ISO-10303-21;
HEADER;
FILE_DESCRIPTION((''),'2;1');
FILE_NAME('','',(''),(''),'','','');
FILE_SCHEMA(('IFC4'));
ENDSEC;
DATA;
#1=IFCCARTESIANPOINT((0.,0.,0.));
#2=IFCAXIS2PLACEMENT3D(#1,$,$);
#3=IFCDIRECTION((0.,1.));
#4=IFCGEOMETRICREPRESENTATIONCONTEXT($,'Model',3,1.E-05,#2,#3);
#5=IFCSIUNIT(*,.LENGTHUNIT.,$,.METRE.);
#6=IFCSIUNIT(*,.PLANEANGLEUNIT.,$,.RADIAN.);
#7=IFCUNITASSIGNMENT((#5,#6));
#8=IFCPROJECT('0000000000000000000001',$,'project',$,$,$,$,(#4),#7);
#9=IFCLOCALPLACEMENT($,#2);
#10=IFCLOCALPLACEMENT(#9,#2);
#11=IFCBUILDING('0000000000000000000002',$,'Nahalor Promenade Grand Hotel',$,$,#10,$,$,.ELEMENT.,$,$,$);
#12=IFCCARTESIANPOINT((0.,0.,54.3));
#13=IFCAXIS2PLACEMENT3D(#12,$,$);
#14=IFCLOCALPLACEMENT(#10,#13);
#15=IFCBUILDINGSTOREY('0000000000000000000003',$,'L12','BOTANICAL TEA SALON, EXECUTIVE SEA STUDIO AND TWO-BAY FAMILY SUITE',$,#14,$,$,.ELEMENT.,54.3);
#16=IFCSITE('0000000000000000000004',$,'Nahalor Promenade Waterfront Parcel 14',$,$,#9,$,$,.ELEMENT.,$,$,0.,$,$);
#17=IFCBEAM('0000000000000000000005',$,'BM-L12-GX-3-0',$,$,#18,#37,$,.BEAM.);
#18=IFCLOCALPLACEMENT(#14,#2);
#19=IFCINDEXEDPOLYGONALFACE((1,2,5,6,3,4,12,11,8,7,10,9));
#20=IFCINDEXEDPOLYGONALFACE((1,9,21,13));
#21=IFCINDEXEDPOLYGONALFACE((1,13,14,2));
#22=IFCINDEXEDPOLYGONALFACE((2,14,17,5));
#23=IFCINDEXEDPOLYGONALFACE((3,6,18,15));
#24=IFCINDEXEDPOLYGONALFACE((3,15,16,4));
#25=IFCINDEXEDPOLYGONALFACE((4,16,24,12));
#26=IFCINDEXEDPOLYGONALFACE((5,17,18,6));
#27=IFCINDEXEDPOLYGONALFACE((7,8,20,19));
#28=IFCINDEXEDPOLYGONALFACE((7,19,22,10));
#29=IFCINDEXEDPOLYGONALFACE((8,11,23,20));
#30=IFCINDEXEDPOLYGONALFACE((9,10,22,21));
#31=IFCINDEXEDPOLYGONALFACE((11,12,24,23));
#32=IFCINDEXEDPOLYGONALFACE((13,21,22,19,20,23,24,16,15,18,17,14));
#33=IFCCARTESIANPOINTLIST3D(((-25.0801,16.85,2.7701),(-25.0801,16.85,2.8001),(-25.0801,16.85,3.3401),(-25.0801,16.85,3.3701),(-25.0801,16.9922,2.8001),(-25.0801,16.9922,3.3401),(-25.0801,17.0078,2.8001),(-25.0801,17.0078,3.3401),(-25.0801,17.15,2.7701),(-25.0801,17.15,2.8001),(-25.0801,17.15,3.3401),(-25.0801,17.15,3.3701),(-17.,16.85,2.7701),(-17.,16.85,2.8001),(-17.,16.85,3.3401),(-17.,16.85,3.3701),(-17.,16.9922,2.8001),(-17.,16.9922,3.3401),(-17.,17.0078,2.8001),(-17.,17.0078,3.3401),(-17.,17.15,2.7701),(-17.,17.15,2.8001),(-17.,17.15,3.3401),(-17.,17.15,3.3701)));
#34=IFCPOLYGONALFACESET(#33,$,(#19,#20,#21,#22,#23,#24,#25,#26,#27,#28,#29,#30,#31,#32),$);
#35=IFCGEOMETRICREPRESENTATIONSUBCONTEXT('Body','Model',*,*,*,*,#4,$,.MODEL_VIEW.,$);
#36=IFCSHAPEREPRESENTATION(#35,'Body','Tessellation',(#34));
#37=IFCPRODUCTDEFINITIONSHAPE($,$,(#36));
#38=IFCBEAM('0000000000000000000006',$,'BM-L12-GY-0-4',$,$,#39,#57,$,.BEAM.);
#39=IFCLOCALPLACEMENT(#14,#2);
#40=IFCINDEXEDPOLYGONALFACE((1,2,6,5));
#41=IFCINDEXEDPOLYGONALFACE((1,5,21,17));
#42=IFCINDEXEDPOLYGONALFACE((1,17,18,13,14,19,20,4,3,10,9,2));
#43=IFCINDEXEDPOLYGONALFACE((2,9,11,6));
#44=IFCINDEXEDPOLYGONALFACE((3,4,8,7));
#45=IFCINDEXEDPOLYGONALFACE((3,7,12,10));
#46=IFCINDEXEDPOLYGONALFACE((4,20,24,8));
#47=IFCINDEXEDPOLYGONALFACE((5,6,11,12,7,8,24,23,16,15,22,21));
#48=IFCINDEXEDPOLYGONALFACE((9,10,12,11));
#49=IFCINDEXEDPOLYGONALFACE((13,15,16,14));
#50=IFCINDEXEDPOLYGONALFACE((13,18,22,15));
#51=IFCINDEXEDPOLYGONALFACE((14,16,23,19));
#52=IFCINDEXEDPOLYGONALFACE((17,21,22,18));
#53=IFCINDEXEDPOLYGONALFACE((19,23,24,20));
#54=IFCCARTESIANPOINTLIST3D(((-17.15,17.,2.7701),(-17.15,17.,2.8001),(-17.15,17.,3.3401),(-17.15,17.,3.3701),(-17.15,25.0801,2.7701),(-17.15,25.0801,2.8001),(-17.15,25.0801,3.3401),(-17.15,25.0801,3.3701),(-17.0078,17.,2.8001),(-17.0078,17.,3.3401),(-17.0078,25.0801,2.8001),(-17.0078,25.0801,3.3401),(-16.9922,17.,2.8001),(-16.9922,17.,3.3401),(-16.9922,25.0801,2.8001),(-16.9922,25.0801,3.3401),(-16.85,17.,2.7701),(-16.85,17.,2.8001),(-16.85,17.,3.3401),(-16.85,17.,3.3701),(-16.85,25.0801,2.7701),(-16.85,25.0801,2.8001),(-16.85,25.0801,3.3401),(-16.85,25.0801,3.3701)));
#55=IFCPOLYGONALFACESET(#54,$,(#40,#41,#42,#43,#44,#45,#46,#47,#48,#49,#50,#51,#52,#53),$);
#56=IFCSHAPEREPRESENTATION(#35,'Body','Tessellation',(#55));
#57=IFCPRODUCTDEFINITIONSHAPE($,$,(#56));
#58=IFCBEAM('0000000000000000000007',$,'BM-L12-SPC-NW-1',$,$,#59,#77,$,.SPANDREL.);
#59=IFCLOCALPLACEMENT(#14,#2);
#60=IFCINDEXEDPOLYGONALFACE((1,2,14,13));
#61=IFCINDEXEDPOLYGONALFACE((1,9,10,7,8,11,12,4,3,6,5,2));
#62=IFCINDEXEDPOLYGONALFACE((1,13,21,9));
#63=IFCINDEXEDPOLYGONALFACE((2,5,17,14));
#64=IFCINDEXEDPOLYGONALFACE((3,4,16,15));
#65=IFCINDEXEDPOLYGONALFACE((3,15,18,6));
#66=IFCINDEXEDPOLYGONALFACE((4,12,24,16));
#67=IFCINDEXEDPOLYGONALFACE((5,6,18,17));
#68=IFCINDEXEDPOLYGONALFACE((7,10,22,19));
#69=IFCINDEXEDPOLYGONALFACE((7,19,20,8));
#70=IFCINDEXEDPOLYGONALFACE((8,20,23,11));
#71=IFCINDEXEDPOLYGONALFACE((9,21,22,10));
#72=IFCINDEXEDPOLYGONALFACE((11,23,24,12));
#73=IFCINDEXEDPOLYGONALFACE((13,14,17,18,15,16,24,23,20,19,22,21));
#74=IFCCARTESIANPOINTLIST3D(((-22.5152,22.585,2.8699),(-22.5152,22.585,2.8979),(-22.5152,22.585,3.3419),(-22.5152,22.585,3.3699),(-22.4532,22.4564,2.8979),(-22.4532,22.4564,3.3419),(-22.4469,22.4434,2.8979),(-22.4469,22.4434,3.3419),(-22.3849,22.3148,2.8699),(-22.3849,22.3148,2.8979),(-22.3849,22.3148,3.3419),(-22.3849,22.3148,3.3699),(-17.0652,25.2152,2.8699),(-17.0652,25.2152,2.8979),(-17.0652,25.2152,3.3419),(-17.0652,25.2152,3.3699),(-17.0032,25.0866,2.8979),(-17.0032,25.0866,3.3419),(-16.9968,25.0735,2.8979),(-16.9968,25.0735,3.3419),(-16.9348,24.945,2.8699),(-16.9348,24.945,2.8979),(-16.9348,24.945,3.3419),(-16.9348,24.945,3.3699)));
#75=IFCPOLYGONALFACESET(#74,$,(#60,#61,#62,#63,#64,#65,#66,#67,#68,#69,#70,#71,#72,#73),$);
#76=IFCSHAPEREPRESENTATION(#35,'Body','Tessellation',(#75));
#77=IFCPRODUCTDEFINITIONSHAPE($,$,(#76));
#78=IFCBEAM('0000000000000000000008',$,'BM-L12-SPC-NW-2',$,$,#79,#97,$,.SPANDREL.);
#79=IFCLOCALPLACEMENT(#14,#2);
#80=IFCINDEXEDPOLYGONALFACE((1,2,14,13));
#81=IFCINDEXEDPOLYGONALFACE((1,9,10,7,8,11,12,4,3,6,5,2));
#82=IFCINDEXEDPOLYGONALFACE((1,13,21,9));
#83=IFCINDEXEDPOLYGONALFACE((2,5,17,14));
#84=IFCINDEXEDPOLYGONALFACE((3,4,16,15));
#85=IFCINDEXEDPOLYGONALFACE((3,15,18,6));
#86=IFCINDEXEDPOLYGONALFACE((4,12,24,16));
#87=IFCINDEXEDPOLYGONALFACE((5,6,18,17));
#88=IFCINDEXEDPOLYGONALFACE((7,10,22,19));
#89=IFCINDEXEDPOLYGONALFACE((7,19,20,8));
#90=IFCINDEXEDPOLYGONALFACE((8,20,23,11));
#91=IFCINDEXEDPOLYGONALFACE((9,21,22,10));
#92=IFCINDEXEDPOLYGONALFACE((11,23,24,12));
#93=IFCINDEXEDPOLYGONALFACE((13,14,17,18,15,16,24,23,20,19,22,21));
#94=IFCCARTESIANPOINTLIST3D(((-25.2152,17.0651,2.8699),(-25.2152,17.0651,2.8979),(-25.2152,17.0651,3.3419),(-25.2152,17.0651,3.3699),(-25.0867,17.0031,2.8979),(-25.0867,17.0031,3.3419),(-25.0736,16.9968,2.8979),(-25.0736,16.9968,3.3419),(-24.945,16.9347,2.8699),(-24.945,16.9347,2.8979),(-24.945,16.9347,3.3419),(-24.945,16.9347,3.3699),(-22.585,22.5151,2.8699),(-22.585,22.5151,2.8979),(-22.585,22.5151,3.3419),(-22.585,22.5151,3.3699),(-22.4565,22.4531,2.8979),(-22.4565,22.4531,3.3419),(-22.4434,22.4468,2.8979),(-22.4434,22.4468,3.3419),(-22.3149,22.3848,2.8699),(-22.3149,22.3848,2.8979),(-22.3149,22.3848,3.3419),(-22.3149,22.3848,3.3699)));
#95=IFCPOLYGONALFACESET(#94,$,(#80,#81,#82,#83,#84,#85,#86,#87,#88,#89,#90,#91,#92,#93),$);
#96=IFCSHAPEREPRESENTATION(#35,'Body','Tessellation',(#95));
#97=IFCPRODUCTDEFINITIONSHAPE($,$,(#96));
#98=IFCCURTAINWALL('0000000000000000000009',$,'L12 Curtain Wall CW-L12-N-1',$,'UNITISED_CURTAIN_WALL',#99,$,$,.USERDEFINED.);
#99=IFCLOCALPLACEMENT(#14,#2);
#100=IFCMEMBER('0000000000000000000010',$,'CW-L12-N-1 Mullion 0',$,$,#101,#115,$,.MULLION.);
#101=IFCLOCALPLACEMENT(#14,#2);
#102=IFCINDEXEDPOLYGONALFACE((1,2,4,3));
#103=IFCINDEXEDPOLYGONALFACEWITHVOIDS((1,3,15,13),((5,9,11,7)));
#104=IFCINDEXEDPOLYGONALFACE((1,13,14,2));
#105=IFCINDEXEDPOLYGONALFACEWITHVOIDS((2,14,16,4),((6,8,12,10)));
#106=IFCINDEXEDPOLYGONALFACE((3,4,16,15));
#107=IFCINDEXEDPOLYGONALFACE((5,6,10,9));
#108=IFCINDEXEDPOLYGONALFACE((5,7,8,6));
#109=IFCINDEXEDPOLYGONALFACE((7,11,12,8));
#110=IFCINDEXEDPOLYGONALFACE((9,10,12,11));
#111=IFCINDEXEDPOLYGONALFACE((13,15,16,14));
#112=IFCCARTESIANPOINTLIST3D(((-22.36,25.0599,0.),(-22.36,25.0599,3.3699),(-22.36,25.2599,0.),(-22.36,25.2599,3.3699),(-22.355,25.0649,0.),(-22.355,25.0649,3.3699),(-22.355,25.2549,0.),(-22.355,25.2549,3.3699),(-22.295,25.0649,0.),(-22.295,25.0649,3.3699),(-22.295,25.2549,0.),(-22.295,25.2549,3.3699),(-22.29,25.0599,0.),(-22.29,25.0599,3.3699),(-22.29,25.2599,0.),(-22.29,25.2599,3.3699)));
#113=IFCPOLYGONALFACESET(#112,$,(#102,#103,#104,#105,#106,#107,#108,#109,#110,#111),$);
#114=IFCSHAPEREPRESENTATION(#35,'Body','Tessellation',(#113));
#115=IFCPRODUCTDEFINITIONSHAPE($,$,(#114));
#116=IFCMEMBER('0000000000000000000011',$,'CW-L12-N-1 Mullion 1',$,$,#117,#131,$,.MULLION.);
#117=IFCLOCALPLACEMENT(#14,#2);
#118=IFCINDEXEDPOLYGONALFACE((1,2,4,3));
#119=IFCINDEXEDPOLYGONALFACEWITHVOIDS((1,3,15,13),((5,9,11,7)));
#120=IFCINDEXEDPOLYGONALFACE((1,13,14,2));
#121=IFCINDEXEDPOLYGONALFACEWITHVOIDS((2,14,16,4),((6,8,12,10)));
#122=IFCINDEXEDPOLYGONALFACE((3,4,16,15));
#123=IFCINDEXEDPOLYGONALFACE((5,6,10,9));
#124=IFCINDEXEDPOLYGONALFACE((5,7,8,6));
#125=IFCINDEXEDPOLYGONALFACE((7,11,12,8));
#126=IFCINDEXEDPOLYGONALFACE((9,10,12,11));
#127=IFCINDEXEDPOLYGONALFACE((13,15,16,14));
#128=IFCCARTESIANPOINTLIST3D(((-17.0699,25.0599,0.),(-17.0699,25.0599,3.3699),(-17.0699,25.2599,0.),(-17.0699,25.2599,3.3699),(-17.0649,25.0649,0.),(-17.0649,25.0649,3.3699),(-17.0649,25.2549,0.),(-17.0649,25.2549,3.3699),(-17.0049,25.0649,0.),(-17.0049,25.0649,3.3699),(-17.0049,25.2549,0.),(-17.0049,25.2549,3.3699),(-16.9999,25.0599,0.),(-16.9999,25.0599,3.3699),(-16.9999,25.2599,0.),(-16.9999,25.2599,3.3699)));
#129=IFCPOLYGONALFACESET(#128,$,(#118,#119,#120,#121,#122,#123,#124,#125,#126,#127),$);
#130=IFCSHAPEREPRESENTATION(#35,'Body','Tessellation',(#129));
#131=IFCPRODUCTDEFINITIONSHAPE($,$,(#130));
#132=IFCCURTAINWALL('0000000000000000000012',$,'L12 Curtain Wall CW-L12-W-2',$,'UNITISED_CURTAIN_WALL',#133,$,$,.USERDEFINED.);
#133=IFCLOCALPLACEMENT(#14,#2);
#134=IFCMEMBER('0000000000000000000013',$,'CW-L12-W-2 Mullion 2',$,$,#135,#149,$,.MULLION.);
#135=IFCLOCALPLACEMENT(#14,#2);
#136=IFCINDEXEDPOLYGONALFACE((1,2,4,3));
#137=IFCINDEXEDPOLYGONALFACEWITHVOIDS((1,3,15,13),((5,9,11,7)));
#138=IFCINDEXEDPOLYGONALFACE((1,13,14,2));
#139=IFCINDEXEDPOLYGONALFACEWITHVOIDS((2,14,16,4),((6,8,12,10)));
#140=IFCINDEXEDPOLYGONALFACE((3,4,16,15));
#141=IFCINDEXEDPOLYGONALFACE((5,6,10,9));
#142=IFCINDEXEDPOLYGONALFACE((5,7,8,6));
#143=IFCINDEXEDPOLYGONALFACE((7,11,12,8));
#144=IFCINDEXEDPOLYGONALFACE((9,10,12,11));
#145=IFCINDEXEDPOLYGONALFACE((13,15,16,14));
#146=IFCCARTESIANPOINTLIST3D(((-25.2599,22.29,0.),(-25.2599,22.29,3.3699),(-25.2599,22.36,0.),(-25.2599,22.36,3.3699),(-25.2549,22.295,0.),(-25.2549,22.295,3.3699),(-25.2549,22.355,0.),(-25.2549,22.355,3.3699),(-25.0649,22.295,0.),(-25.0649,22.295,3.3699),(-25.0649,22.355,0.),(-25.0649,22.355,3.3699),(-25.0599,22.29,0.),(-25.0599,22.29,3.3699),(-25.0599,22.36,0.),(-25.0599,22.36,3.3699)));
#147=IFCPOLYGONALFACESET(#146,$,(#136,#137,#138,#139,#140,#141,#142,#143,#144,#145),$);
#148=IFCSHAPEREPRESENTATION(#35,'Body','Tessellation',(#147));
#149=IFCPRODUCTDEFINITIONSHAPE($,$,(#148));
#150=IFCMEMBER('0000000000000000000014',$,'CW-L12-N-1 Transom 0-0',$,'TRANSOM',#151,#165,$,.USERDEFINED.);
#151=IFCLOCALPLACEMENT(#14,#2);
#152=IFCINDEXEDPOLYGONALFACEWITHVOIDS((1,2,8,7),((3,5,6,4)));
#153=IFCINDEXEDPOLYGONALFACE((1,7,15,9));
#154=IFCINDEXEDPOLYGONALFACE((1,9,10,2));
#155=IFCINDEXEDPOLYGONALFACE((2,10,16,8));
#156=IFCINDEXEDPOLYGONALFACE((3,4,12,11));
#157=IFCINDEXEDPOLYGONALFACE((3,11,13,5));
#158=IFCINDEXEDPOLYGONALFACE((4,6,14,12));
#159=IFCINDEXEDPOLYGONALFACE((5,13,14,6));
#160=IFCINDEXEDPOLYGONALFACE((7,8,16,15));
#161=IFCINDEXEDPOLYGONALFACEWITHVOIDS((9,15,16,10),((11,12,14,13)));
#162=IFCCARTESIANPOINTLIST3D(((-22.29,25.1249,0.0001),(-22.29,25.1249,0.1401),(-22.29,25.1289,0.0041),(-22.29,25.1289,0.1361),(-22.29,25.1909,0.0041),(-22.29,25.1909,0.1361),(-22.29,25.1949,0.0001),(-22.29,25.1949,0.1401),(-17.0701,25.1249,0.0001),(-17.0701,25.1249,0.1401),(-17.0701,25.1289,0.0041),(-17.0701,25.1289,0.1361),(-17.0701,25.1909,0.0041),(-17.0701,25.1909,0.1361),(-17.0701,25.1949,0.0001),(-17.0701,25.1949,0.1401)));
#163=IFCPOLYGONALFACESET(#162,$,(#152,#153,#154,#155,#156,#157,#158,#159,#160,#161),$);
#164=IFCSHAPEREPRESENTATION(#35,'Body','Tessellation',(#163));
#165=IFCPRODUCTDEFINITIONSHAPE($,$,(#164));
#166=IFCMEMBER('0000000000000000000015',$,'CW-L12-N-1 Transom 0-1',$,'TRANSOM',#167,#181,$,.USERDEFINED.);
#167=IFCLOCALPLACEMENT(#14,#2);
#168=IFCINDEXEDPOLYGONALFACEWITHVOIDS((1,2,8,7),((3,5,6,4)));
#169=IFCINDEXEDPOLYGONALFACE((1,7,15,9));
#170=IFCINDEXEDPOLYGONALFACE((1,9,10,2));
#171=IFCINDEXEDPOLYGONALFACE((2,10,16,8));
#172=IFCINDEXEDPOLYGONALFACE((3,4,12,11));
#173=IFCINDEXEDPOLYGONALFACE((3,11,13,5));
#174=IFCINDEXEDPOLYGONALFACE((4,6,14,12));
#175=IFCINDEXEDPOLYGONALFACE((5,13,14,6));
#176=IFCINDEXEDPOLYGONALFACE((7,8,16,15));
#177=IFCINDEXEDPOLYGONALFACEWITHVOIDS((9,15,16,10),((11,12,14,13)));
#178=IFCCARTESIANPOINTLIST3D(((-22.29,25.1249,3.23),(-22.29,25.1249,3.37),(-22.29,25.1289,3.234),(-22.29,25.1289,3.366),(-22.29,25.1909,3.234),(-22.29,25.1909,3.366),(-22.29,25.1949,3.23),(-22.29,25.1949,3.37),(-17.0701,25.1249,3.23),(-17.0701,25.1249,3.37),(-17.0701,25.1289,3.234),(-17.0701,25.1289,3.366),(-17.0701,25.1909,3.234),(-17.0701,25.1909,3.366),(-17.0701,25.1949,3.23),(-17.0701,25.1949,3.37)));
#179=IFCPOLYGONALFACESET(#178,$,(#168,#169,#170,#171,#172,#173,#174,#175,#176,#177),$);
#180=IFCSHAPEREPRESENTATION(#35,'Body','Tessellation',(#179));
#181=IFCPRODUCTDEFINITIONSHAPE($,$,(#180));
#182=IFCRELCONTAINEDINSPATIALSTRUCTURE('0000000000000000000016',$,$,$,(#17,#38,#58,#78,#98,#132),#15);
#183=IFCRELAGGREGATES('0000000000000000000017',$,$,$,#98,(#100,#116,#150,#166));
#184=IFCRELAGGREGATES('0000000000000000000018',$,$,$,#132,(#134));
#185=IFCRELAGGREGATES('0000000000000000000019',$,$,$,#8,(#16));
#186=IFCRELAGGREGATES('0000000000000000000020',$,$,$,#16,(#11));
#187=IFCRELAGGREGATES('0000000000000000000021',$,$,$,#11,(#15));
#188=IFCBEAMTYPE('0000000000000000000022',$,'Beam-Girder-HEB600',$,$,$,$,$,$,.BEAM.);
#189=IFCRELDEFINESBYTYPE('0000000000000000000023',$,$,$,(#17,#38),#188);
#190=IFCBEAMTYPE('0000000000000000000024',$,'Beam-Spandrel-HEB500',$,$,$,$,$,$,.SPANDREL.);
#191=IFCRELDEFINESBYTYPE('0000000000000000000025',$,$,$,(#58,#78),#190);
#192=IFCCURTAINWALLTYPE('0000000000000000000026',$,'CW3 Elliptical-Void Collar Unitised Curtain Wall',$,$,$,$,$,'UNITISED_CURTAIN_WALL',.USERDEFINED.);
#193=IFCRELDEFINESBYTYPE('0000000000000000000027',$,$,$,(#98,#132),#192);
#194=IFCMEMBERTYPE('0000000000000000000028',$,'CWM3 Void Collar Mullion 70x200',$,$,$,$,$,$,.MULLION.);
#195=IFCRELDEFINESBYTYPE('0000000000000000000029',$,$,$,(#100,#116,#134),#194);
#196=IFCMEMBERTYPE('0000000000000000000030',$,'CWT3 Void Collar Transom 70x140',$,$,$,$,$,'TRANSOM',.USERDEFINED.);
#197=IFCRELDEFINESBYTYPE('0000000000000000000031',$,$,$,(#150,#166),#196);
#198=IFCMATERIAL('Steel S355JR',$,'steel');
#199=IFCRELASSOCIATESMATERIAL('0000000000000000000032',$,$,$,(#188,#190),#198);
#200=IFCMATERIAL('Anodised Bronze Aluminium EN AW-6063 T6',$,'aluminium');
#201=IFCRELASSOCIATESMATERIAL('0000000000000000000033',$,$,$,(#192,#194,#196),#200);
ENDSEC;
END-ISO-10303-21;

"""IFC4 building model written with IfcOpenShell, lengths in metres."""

from ifc_helpers import new_model, si_unit, direction, frame, origin, origin_2d, place, context, subcontext, project, spatial, hollow_rectangle, i_section, extrude, source, transform, mapped, material, material_profile, profile_set, type_object, element, aggregate, save


model = new_model("IFC4")

# Units and contexts
model_context = context("Model", 3, precision=1e-05, world=origin(), true_north=direction((0.0, 1.0)))
body_context = subcontext(model_context, "Body", "Model", "MODEL_VIEW")
ifc_project = project(units=[si_unit("LENGTHUNIT", "METRE"), si_unit("PLANEANGLEUNIT", "RADIAN")], contexts=[model_context])

# Site, building, storey
site_placement = place(None, origin())
site = spatial("IfcSite", under=ifc_project, at=site_placement, Name="Nahalor Promenade Waterfront Parcel 14", CompositionType="ELEMENT", RefElevation=0.0)
building_placement = place(site_placement, origin())
building = spatial("IfcBuilding", under=site, at=building_placement, Name="Nahalor Promenade Grand Hotel", CompositionType="ELEMENT")
storey_placement = place(building_placement, frame((0.0, 0.0, 54.3)))
storey = spatial("IfcBuildingStorey", under=building, at=storey_placement, Name="L12", Description="BOTANICAL TEA SALON, EXECUTIVE SEA STUDIO AND TWO-BAY FAMILY SUITE", CompositionType="ELEMENT", Elevation=54.3)

# Beams
ifc_material_1 = material(Name="Steel S355JR", Category="steel")
ifc_material_profile_1 = material_profile(ifc_material_1, i_section(OverallWidth=0.3, OverallDepth=0.6, WebThickness=0.0155, FlangeThickness=0.03, at=origin_2d()), Name="HEB 600")
ifc_profile_set_1 = profile_set([ifc_material_profile_1], Name="Steel S355JR")
beam_type_1 = type_object("IfcBeamType", Name="Beam-Girder-HEB600", PredefinedType="BEAM", material=ifc_profile_set_1)
ifc_material_profile_2 = material_profile(ifc_material_1, i_section(OverallWidth=0.3, OverallDepth=0.5, WebThickness=0.0145, FlangeThickness=0.028, at=origin_2d()), Name="HEB 500")
ifc_profile_set_2 = profile_set([ifc_material_profile_2], Name="Steel S355JR")
beam_type_2 = type_object("IfcBeamType", Name="Beam-Spandrel-HEB500", PredefinedType="SPANDREL", material=ifc_profile_set_2)
shared_shape_1 = source(origin(), body_context, "Body", "SweptSolid", [
    extrude(i_section(OverallWidth=0.3, OverallDepth=0.6, WebThickness=0.0155, FlangeThickness=0.03, at=origin_2d()), origin(), (0.0, 0.0, 1.0), 8.0801),
])
for number, where, z_axis, x_axis, name in (
    (1, (-25.0801, 17.0, 3.0701), (1.0, 0.0, 0.0), (0.0, 1.0, 0.0), "BM-L12-GX-3-0"),
    (2, (-17.0, 17.0, 3.0701), (0.0, 1.0, 0.0), (-1.0, 0.0, 0.0), "BM-L12-GY-0-4"),
):
    element("IfcBeam", number, at=place(storey_placement, frame(where, z_axis=z_axis, x_axis=x_axis)), inside=storey, type_object=beam_type_1, Name=name, PredefinedType="BEAM", context=body_context, shape_type="MappedRepresentation", body=[
        mapped(shared_shape_1, transform((0.0, 0.0, 0.0), scale=1.0)),
    ])
shared_shape_2 = source(origin(), body_context, "Body", "SweptSolid", [
    extrude(i_section(OverallWidth=0.3, OverallDepth=0.5, WebThickness=0.0145, FlangeThickness=0.028, at=origin_2d()), origin(), (0.0, 0.0, 1.0), 6.0515),
])
for number, where, z_axis, x_axis, name in (
    (3, (-17.0, 25.0801, 3.1199), (-0.900609, -0.434631, 0.0), (0.434631, -0.900609, 0.0), "BM-L12-SPC-NW-1"),
    (4, (-22.45, 22.45, 3.1199), (-0.434631, -0.900609, 0.0), (0.900609, -0.434631, 0.0), "BM-L12-SPC-NW-2"),
):
    element("IfcBeam", number, at=place(storey_placement, frame(where, z_axis=z_axis, x_axis=x_axis)), inside=storey, type_object=beam_type_2, Name=name, PredefinedType="SPANDREL", context=body_context, shape_type="MappedRepresentation", body=[
        mapped(shared_shape_2, transform((0.0, 0.0, 0.0), scale=1.0)),
    ])

# Curtain wall, members
ifc_material_2 = material(Name="Anodised Bronze Aluminium EN AW-6063 T6", Category="aluminium")
curtain_wall_type = type_object("IfcCurtainWallType", Name="CW3 Elliptical-Void Collar Unitised Curtain Wall", ElementType="UNITISED_CURTAIN_WALL", PredefinedType="USERDEFINED", material=ifc_material_2)
curtain_wall_1_placement = place(storey_placement, origin())
curtain_wall_1 = element("IfcCurtainWall", 5, at=curtain_wall_1_placement, inside=storey, type_object=curtain_wall_type, Name="L12 Curtain Wall CW-L12-N-1", ObjectType="UNITISED_CURTAIN_WALL", PredefinedType="USERDEFINED")
ifc_material_profile_3 = material_profile(ifc_material_2, hollow_rectangle(XDim=0.07, YDim=0.2, WallThickness=0.005, at=origin_2d()), Name="CWM 70x200x5")
ifc_profile_set_3 = profile_set([ifc_material_profile_3], Name="Anodised Bronze Aluminium EN AW-6063 T6")
member_type_1 = type_object("IfcMemberType", Name="CWM3 Void Collar Mullion 70x200", PredefinedType="MULLION", material=ifc_profile_set_3)
shared_shape_3 = source(origin(), body_context, "Body", "SweptSolid", [
    extrude(hollow_rectangle(XDim=0.07, YDim=0.2, WallThickness=0.005, at=origin_2d()), origin(), (0.0, 0.0, 1.0), 3.3699),
])
member_1_placement = place(storey_placement, frame((-22.325, 25.1599, 0.0), z_axis=(0.0, 0.0, 1.0), x_axis=(1.0, 0.0, 0.0)))
member_1 = element("IfcMember", 6, at=member_1_placement, type_object=member_type_1, Name="CW-L12-N-1 Mullion 0", PredefinedType="MULLION", context=body_context, shape_type="MappedRepresentation", body=[
    mapped(shared_shape_3, transform((0.0, 0.0, 0.0), scale=1.0)),
])
member_2_placement = place(storey_placement, frame((-17.0349, 25.1599, 0.0), z_axis=(0.0, 0.0, 1.0), x_axis=(1.0, 0.0, 0.0)))
member_2 = element("IfcMember", 7, at=member_2_placement, type_object=member_type_1, Name="CW-L12-N-1 Mullion 1", PredefinedType="MULLION", context=body_context, shape_type="MappedRepresentation", body=[
    mapped(shared_shape_3, transform((0.0, 0.0, 0.0), scale=1.0)),
])

# Curtain wall, member
curtain_wall_2_placement = place(storey_placement, origin())
curtain_wall_2 = element("IfcCurtainWall", 8, at=curtain_wall_2_placement, inside=storey, type_object=curtain_wall_type, Name="L12 Curtain Wall CW-L12-W-2", ObjectType="UNITISED_CURTAIN_WALL", PredefinedType="USERDEFINED")
member_3_placement = place(storey_placement, frame((-25.1599, 22.325, 0.0), z_axis=(0.0, 0.0, 1.0), x_axis=(0.0, 1.0, 0.0)))
member_3 = element("IfcMember", 9, at=member_3_placement, type_object=member_type_1, Name="CW-L12-W-2 Mullion 2", PredefinedType="MULLION", context=body_context, shape_type="MappedRepresentation", body=[
    mapped(shared_shape_3, transform((0.0, 0.0, 0.0), scale=1.0)),
])

# Members
ifc_material_profile_4 = material_profile(ifc_material_2, hollow_rectangle(XDim=0.07, YDim=0.14, WallThickness=0.004, at=origin_2d()), Name="CWT 70x140x4")
ifc_profile_set_4 = profile_set([ifc_material_profile_4], Name="Anodised Bronze Aluminium EN AW-6063 T6")
member_type_2 = type_object("IfcMemberType", Name="CWT3 Void Collar Transom 70x140", ElementType="TRANSOM", PredefinedType="USERDEFINED", material=ifc_profile_set_4)
shared_shape_4 = source(origin(), body_context, "Body", "SweptSolid", [
    extrude(hollow_rectangle(XDim=0.07, YDim=0.14, WallThickness=0.004, at=origin_2d()), origin(), (0.0, 0.0, 1.0), 5.22),
])
member_4_placement = place(storey_placement, frame((-22.29, 25.1599, 0.0701), z_axis=(1.0, 0.0, 0.0), x_axis=(0.0, 1.0, 0.0)))
member_4 = element("IfcMember", 10, at=member_4_placement, type_object=member_type_2, Name="CW-L12-N-1 Transom 0-0", ObjectType="TRANSOM", PredefinedType="USERDEFINED", context=body_context, shape_type="MappedRepresentation", body=[
    mapped(shared_shape_4, transform((0.0, 0.0, 0.0), scale=1.0)),
])
member_5_placement = place(storey_placement, frame((-22.29, 25.1599, 3.3), z_axis=(1.0, 0.0, 0.0), x_axis=(0.0, 1.0, 0.0)))
member_5 = element("IfcMember", 11, at=member_5_placement, type_object=member_type_2, Name="CW-L12-N-1 Transom 0-1", ObjectType="TRANSOM", PredefinedType="USERDEFINED", context=body_context, shape_type="MappedRepresentation", body=[
    mapped(shared_shape_4, transform((0.0, 0.0, 0.0), scale=1.0)),
])

aggregate(curtain_wall_1, [member_1, member_2, member_4, member_5])
aggregate(curtain_wall_2, [member_3])

save(model, "model.ifc")
